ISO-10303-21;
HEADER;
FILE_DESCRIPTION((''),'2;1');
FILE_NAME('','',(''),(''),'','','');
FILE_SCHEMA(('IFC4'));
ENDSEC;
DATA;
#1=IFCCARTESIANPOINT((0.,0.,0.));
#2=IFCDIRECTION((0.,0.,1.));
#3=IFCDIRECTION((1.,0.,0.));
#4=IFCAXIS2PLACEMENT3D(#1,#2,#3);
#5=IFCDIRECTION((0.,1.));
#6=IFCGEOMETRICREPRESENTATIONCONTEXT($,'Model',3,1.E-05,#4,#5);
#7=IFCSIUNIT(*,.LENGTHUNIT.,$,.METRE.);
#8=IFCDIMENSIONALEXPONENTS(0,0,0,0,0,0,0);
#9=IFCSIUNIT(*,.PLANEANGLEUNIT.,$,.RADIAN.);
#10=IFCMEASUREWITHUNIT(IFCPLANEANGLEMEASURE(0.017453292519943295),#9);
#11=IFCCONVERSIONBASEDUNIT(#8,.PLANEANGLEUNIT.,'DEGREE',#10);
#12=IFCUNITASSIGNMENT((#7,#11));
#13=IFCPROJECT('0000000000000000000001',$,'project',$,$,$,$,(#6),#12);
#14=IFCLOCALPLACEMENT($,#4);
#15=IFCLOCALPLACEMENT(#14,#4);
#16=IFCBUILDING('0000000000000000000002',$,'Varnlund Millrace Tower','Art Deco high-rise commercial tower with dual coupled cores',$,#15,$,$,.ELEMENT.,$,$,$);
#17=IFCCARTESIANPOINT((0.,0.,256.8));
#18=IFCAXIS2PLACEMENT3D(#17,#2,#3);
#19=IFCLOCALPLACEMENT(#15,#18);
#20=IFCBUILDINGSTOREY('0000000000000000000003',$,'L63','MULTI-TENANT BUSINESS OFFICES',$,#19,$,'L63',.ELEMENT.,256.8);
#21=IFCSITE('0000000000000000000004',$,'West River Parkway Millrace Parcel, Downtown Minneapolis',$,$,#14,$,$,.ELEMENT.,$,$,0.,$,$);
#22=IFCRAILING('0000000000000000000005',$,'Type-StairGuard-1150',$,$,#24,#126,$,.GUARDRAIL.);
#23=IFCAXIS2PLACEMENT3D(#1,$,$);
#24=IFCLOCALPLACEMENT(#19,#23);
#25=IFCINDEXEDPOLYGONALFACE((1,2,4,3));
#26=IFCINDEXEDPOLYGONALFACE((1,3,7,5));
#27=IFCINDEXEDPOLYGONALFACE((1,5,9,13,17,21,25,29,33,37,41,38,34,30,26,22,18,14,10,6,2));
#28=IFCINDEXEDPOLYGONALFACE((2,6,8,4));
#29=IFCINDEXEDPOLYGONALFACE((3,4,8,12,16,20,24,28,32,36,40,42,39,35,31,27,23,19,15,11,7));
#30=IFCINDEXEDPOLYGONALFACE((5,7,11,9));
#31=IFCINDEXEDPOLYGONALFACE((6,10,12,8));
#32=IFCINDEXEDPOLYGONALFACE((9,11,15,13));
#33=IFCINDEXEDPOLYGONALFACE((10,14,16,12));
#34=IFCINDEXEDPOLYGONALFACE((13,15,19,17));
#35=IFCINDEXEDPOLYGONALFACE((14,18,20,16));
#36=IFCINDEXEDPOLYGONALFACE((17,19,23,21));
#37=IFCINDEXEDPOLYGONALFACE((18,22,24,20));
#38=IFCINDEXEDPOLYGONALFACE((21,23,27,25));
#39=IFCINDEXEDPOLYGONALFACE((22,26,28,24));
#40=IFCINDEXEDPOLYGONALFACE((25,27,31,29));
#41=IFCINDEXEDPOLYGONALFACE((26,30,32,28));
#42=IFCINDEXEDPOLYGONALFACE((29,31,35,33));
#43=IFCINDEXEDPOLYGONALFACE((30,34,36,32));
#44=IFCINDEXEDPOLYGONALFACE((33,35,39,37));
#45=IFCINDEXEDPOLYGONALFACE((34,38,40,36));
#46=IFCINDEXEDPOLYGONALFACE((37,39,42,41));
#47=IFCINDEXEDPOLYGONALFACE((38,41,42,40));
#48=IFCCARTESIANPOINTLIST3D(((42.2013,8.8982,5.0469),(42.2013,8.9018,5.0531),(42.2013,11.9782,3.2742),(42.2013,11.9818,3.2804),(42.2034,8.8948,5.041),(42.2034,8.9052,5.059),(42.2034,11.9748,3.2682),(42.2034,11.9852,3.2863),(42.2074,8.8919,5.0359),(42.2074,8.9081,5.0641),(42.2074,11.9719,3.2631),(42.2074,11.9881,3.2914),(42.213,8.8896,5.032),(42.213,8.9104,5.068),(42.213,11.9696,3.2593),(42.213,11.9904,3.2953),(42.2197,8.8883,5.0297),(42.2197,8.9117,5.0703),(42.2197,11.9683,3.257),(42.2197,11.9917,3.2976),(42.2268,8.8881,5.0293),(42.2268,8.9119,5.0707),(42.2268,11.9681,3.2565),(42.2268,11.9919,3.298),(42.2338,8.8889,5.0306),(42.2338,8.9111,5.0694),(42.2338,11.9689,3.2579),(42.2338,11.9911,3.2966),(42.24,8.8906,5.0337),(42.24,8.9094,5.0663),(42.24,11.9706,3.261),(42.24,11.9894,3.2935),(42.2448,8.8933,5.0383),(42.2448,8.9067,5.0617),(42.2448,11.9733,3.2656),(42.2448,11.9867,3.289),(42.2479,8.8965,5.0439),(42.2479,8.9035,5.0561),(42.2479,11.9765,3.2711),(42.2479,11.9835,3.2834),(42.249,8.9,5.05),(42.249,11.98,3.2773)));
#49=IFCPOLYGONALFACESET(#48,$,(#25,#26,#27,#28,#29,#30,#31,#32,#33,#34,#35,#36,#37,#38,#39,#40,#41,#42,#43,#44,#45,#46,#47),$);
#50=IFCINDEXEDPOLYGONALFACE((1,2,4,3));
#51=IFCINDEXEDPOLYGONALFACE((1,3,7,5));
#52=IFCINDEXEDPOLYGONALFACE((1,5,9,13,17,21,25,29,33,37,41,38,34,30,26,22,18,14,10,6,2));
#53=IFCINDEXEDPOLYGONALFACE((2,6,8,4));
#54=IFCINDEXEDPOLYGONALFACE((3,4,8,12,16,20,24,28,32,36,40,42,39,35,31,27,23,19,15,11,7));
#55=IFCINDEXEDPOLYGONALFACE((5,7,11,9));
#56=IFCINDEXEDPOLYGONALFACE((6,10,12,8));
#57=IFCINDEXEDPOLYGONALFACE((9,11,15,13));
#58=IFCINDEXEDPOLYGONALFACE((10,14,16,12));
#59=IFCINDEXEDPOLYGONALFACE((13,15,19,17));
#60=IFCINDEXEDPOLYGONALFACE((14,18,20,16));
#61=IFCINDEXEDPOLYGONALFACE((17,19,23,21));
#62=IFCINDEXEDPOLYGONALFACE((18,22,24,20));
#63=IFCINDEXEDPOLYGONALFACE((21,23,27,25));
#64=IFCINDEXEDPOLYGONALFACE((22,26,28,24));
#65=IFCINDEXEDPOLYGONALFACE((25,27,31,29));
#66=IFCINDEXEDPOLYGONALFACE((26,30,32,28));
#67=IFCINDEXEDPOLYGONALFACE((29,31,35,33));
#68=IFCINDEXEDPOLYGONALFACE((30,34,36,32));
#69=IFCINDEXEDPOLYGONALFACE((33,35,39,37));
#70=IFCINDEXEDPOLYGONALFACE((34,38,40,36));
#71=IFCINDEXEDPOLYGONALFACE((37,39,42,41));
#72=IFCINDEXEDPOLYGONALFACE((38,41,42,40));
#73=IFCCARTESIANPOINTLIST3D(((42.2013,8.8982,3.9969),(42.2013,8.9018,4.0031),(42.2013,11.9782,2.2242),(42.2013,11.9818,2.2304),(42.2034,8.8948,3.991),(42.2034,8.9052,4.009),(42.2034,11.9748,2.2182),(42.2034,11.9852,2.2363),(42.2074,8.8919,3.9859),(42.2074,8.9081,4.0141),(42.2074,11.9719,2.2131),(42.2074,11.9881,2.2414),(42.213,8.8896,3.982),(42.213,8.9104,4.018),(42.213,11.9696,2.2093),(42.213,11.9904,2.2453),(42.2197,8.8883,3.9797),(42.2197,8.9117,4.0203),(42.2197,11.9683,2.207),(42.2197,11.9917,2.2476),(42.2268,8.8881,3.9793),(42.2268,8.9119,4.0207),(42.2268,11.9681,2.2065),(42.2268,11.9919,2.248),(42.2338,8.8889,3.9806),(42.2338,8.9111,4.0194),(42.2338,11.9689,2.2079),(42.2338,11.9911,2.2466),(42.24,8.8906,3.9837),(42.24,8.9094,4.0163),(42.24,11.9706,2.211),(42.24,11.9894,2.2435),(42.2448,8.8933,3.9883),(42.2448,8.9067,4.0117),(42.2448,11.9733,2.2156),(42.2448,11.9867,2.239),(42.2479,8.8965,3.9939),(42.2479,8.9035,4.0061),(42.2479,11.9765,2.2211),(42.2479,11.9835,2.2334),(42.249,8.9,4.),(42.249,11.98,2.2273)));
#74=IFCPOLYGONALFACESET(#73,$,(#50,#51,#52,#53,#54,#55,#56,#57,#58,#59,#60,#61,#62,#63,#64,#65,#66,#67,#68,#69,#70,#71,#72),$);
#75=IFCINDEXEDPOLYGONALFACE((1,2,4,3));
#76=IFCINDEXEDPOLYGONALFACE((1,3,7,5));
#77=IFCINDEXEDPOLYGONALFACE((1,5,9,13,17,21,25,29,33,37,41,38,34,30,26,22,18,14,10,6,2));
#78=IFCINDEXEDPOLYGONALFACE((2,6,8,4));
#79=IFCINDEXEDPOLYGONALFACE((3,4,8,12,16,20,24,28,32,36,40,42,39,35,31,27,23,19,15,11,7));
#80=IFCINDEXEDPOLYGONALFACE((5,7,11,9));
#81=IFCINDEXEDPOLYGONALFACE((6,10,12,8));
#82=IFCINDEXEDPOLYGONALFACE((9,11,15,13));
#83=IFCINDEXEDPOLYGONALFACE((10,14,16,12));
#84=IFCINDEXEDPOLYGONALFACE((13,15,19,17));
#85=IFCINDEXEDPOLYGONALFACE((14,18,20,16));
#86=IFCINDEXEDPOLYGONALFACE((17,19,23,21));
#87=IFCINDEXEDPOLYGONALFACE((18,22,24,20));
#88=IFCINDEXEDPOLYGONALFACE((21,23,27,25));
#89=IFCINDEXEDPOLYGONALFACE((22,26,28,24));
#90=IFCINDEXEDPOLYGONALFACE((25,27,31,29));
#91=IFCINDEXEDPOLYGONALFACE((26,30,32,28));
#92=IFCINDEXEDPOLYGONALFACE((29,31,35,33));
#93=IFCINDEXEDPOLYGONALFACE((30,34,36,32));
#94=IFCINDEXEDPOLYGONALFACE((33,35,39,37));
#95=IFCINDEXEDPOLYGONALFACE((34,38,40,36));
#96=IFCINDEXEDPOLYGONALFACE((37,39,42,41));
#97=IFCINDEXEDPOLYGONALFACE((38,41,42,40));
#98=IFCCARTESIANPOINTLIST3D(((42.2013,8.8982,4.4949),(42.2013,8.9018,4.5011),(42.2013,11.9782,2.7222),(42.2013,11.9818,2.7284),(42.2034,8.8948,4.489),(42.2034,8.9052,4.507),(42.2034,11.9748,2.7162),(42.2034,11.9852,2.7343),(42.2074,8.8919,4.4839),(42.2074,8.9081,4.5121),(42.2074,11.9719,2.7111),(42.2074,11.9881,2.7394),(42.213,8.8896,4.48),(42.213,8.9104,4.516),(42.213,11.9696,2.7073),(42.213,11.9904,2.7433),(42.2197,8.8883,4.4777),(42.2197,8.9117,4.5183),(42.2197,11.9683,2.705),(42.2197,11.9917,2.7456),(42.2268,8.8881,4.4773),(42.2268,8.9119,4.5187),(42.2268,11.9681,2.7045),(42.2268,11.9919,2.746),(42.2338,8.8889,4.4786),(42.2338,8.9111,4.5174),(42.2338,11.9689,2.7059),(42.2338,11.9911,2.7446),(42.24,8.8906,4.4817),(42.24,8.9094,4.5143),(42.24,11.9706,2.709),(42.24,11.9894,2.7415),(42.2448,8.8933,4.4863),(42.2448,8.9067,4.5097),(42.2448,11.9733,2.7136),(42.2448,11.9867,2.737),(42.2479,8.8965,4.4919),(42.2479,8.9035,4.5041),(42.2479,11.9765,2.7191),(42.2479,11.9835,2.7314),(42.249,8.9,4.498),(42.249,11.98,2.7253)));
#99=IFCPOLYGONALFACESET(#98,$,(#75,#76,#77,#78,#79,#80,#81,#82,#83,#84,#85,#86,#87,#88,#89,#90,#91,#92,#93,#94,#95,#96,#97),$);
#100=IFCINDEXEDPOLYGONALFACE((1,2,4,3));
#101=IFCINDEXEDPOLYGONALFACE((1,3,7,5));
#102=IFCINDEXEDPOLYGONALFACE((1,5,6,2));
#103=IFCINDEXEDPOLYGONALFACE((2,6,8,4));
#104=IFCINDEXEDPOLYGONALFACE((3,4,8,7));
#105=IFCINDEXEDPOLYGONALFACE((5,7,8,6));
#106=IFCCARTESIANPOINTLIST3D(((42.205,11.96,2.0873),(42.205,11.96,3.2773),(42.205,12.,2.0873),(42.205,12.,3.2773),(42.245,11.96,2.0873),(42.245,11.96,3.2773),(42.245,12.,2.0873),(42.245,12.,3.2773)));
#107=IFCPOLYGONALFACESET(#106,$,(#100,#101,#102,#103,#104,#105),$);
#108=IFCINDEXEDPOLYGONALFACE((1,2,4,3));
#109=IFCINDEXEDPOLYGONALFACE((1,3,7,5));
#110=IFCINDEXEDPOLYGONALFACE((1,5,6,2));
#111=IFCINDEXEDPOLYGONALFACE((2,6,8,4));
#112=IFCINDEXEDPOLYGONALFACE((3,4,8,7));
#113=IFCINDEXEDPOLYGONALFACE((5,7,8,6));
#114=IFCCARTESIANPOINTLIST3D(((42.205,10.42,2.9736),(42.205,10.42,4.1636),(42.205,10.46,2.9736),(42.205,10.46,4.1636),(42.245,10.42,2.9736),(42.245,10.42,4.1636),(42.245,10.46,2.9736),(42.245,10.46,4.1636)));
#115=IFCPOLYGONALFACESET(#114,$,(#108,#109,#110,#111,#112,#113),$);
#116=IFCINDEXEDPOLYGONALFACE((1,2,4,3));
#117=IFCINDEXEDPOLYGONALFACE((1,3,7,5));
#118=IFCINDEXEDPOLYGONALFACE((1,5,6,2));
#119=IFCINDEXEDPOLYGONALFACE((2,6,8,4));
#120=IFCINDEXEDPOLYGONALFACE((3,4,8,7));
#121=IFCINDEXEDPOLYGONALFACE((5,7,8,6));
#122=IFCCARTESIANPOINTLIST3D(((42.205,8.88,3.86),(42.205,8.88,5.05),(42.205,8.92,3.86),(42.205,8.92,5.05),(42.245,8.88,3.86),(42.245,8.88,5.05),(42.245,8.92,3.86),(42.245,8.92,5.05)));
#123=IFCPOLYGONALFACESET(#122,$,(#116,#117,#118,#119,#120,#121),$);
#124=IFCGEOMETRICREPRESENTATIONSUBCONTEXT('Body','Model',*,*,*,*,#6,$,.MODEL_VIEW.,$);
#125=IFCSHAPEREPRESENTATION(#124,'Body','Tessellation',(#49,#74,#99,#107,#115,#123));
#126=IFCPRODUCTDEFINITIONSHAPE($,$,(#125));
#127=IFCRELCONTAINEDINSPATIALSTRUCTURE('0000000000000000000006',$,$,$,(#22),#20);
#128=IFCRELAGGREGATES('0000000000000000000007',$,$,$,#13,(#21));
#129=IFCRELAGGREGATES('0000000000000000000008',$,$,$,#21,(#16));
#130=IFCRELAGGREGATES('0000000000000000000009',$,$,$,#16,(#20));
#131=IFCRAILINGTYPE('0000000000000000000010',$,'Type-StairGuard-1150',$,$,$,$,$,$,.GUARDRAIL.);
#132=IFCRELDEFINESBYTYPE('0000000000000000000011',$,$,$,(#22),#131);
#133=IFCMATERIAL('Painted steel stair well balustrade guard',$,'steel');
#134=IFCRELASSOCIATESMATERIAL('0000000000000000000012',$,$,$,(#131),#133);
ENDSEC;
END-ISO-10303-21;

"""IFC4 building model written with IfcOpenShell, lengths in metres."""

from ifc_helpers import new_model, entity, si_unit, converted_unit, direction, frame, origin_with_axes, origin_2d_with_axis, place, context, subcontext, project, spatial, rectangle, circle, extrude, material, type_object, element, save


model = new_model("IFC4")

# Units and contexts
model_context = context("Model", 3, precision=1e-05, world=origin_with_axes(), true_north=direction((0.0, 1.0)))
body_context = subcontext(model_context, "Body", "Model", "MODEL_VIEW")
ifc_project = project(units=[si_unit("LENGTHUNIT", "METRE"), converted_unit("PLANEANGLEUNIT", "DEGREE", entity("IfcPlaneAngleMeasure", 0.017453292519943295), si_unit("PLANEANGLEUNIT", "RADIAN"), dimensions=[0, 0, 0, 0, 0, 0, 0])], contexts=[model_context])

# Site, building, storey
site_placement = place(None, origin_with_axes())
site = spatial("IfcSite", under=ifc_project, at=site_placement, Name="West River Parkway Millrace Parcel, Downtown Minneapolis", CompositionType="ELEMENT", RefElevation=0.0)
building_placement = place(site_placement, origin_with_axes())
building = spatial("IfcBuilding", under=site, at=building_placement, Name="Varnlund Millrace Tower", Description="Art Deco high-rise commercial tower with dual coupled cores", CompositionType="ELEMENT")
storey_placement = place(building_placement, frame((0.0, 0.0, 256.8), z_axis=(0.0, 0.0, 1.0), x_axis=(1.0, 0.0, 0.0)))
storey = spatial("IfcBuildingStorey", under=building, at=storey_placement, Name="L63", Description="MULTI-TENANT BUSINESS OFFICES", LongName="L63", CompositionType="ELEMENT", Elevation=256.8)

# Railing
ifc_material_1 = material(Name="Painted steel stair well balustrade guard", Category="steel")
railing_type_1 = type_object("IfcRailingType", Name="Type-StairGuard-1150", PredefinedType="GUARDRAIL", material=ifc_material_1)
railing_1_placement = place(storey_placement, frame((0.0, 0.0, -256.8), z_axis=(0.0, 0.0, 1.0), x_axis=(1.0, 0.0, 0.0)))
element("IfcRailing", 1, at=railing_1_placement, inside=storey, type_object=railing_type_1, Name="Type-StairGuard-1150", PredefinedType="GUARDRAIL", context=body_context, shape_type="SweptSolid", body=[
    extrude(circle(Radius=0.024, at=origin_2d_with_axis()), frame((42.225, 11.98, 260.0773), z_axis=(0.0, -0.866696, 0.498836), x_axis=(1.0, 0.0, 0.0)), (0.0, 0.0, 1.0), 3.5537),
    extrude(circle(Radius=0.024, at=origin_2d_with_axis()), frame((42.225, 11.98, 259.0273), z_axis=(0.0, -0.866696, 0.498836), x_axis=(1.0, 0.0, 0.0)), (0.0, 0.0, 1.0), 3.5537),
    extrude(circle(Radius=0.024, at=origin_2d_with_axis()), frame((42.225, 11.98, 259.5253), z_axis=(0.0, -0.866696, 0.498836), x_axis=(1.0, 0.0, 0.0)), (0.0, 0.0, 1.0), 3.5537),
    extrude(rectangle(XDim=0.04, YDim=0.04, at=origin_2d_with_axis()), frame((42.225, 11.98, 258.8873), z_axis=(0.0, 0.0, 1.0), x_axis=(1.0, 0.0, 0.0)), (0.0, 0.0, 1.0), 1.19),
    extrude(rectangle(XDim=0.04, YDim=0.04, at=origin_2d_with_axis()), frame((42.225, 10.44, 259.7736), z_axis=(0.0, 0.0, 1.0), x_axis=(1.0, 0.0, 0.0)), (0.0, 0.0, 1.0), 1.19),
    extrude(rectangle(XDim=0.04, YDim=0.04, at=origin_2d_with_axis()), frame((42.225, 8.9, 260.66), z_axis=(0.0, 0.0, 1.0), x_axis=(1.0, 0.0, 0.0)), (0.0, 0.0, 1.0), 1.19),
])

save(model, "model.ifc")
